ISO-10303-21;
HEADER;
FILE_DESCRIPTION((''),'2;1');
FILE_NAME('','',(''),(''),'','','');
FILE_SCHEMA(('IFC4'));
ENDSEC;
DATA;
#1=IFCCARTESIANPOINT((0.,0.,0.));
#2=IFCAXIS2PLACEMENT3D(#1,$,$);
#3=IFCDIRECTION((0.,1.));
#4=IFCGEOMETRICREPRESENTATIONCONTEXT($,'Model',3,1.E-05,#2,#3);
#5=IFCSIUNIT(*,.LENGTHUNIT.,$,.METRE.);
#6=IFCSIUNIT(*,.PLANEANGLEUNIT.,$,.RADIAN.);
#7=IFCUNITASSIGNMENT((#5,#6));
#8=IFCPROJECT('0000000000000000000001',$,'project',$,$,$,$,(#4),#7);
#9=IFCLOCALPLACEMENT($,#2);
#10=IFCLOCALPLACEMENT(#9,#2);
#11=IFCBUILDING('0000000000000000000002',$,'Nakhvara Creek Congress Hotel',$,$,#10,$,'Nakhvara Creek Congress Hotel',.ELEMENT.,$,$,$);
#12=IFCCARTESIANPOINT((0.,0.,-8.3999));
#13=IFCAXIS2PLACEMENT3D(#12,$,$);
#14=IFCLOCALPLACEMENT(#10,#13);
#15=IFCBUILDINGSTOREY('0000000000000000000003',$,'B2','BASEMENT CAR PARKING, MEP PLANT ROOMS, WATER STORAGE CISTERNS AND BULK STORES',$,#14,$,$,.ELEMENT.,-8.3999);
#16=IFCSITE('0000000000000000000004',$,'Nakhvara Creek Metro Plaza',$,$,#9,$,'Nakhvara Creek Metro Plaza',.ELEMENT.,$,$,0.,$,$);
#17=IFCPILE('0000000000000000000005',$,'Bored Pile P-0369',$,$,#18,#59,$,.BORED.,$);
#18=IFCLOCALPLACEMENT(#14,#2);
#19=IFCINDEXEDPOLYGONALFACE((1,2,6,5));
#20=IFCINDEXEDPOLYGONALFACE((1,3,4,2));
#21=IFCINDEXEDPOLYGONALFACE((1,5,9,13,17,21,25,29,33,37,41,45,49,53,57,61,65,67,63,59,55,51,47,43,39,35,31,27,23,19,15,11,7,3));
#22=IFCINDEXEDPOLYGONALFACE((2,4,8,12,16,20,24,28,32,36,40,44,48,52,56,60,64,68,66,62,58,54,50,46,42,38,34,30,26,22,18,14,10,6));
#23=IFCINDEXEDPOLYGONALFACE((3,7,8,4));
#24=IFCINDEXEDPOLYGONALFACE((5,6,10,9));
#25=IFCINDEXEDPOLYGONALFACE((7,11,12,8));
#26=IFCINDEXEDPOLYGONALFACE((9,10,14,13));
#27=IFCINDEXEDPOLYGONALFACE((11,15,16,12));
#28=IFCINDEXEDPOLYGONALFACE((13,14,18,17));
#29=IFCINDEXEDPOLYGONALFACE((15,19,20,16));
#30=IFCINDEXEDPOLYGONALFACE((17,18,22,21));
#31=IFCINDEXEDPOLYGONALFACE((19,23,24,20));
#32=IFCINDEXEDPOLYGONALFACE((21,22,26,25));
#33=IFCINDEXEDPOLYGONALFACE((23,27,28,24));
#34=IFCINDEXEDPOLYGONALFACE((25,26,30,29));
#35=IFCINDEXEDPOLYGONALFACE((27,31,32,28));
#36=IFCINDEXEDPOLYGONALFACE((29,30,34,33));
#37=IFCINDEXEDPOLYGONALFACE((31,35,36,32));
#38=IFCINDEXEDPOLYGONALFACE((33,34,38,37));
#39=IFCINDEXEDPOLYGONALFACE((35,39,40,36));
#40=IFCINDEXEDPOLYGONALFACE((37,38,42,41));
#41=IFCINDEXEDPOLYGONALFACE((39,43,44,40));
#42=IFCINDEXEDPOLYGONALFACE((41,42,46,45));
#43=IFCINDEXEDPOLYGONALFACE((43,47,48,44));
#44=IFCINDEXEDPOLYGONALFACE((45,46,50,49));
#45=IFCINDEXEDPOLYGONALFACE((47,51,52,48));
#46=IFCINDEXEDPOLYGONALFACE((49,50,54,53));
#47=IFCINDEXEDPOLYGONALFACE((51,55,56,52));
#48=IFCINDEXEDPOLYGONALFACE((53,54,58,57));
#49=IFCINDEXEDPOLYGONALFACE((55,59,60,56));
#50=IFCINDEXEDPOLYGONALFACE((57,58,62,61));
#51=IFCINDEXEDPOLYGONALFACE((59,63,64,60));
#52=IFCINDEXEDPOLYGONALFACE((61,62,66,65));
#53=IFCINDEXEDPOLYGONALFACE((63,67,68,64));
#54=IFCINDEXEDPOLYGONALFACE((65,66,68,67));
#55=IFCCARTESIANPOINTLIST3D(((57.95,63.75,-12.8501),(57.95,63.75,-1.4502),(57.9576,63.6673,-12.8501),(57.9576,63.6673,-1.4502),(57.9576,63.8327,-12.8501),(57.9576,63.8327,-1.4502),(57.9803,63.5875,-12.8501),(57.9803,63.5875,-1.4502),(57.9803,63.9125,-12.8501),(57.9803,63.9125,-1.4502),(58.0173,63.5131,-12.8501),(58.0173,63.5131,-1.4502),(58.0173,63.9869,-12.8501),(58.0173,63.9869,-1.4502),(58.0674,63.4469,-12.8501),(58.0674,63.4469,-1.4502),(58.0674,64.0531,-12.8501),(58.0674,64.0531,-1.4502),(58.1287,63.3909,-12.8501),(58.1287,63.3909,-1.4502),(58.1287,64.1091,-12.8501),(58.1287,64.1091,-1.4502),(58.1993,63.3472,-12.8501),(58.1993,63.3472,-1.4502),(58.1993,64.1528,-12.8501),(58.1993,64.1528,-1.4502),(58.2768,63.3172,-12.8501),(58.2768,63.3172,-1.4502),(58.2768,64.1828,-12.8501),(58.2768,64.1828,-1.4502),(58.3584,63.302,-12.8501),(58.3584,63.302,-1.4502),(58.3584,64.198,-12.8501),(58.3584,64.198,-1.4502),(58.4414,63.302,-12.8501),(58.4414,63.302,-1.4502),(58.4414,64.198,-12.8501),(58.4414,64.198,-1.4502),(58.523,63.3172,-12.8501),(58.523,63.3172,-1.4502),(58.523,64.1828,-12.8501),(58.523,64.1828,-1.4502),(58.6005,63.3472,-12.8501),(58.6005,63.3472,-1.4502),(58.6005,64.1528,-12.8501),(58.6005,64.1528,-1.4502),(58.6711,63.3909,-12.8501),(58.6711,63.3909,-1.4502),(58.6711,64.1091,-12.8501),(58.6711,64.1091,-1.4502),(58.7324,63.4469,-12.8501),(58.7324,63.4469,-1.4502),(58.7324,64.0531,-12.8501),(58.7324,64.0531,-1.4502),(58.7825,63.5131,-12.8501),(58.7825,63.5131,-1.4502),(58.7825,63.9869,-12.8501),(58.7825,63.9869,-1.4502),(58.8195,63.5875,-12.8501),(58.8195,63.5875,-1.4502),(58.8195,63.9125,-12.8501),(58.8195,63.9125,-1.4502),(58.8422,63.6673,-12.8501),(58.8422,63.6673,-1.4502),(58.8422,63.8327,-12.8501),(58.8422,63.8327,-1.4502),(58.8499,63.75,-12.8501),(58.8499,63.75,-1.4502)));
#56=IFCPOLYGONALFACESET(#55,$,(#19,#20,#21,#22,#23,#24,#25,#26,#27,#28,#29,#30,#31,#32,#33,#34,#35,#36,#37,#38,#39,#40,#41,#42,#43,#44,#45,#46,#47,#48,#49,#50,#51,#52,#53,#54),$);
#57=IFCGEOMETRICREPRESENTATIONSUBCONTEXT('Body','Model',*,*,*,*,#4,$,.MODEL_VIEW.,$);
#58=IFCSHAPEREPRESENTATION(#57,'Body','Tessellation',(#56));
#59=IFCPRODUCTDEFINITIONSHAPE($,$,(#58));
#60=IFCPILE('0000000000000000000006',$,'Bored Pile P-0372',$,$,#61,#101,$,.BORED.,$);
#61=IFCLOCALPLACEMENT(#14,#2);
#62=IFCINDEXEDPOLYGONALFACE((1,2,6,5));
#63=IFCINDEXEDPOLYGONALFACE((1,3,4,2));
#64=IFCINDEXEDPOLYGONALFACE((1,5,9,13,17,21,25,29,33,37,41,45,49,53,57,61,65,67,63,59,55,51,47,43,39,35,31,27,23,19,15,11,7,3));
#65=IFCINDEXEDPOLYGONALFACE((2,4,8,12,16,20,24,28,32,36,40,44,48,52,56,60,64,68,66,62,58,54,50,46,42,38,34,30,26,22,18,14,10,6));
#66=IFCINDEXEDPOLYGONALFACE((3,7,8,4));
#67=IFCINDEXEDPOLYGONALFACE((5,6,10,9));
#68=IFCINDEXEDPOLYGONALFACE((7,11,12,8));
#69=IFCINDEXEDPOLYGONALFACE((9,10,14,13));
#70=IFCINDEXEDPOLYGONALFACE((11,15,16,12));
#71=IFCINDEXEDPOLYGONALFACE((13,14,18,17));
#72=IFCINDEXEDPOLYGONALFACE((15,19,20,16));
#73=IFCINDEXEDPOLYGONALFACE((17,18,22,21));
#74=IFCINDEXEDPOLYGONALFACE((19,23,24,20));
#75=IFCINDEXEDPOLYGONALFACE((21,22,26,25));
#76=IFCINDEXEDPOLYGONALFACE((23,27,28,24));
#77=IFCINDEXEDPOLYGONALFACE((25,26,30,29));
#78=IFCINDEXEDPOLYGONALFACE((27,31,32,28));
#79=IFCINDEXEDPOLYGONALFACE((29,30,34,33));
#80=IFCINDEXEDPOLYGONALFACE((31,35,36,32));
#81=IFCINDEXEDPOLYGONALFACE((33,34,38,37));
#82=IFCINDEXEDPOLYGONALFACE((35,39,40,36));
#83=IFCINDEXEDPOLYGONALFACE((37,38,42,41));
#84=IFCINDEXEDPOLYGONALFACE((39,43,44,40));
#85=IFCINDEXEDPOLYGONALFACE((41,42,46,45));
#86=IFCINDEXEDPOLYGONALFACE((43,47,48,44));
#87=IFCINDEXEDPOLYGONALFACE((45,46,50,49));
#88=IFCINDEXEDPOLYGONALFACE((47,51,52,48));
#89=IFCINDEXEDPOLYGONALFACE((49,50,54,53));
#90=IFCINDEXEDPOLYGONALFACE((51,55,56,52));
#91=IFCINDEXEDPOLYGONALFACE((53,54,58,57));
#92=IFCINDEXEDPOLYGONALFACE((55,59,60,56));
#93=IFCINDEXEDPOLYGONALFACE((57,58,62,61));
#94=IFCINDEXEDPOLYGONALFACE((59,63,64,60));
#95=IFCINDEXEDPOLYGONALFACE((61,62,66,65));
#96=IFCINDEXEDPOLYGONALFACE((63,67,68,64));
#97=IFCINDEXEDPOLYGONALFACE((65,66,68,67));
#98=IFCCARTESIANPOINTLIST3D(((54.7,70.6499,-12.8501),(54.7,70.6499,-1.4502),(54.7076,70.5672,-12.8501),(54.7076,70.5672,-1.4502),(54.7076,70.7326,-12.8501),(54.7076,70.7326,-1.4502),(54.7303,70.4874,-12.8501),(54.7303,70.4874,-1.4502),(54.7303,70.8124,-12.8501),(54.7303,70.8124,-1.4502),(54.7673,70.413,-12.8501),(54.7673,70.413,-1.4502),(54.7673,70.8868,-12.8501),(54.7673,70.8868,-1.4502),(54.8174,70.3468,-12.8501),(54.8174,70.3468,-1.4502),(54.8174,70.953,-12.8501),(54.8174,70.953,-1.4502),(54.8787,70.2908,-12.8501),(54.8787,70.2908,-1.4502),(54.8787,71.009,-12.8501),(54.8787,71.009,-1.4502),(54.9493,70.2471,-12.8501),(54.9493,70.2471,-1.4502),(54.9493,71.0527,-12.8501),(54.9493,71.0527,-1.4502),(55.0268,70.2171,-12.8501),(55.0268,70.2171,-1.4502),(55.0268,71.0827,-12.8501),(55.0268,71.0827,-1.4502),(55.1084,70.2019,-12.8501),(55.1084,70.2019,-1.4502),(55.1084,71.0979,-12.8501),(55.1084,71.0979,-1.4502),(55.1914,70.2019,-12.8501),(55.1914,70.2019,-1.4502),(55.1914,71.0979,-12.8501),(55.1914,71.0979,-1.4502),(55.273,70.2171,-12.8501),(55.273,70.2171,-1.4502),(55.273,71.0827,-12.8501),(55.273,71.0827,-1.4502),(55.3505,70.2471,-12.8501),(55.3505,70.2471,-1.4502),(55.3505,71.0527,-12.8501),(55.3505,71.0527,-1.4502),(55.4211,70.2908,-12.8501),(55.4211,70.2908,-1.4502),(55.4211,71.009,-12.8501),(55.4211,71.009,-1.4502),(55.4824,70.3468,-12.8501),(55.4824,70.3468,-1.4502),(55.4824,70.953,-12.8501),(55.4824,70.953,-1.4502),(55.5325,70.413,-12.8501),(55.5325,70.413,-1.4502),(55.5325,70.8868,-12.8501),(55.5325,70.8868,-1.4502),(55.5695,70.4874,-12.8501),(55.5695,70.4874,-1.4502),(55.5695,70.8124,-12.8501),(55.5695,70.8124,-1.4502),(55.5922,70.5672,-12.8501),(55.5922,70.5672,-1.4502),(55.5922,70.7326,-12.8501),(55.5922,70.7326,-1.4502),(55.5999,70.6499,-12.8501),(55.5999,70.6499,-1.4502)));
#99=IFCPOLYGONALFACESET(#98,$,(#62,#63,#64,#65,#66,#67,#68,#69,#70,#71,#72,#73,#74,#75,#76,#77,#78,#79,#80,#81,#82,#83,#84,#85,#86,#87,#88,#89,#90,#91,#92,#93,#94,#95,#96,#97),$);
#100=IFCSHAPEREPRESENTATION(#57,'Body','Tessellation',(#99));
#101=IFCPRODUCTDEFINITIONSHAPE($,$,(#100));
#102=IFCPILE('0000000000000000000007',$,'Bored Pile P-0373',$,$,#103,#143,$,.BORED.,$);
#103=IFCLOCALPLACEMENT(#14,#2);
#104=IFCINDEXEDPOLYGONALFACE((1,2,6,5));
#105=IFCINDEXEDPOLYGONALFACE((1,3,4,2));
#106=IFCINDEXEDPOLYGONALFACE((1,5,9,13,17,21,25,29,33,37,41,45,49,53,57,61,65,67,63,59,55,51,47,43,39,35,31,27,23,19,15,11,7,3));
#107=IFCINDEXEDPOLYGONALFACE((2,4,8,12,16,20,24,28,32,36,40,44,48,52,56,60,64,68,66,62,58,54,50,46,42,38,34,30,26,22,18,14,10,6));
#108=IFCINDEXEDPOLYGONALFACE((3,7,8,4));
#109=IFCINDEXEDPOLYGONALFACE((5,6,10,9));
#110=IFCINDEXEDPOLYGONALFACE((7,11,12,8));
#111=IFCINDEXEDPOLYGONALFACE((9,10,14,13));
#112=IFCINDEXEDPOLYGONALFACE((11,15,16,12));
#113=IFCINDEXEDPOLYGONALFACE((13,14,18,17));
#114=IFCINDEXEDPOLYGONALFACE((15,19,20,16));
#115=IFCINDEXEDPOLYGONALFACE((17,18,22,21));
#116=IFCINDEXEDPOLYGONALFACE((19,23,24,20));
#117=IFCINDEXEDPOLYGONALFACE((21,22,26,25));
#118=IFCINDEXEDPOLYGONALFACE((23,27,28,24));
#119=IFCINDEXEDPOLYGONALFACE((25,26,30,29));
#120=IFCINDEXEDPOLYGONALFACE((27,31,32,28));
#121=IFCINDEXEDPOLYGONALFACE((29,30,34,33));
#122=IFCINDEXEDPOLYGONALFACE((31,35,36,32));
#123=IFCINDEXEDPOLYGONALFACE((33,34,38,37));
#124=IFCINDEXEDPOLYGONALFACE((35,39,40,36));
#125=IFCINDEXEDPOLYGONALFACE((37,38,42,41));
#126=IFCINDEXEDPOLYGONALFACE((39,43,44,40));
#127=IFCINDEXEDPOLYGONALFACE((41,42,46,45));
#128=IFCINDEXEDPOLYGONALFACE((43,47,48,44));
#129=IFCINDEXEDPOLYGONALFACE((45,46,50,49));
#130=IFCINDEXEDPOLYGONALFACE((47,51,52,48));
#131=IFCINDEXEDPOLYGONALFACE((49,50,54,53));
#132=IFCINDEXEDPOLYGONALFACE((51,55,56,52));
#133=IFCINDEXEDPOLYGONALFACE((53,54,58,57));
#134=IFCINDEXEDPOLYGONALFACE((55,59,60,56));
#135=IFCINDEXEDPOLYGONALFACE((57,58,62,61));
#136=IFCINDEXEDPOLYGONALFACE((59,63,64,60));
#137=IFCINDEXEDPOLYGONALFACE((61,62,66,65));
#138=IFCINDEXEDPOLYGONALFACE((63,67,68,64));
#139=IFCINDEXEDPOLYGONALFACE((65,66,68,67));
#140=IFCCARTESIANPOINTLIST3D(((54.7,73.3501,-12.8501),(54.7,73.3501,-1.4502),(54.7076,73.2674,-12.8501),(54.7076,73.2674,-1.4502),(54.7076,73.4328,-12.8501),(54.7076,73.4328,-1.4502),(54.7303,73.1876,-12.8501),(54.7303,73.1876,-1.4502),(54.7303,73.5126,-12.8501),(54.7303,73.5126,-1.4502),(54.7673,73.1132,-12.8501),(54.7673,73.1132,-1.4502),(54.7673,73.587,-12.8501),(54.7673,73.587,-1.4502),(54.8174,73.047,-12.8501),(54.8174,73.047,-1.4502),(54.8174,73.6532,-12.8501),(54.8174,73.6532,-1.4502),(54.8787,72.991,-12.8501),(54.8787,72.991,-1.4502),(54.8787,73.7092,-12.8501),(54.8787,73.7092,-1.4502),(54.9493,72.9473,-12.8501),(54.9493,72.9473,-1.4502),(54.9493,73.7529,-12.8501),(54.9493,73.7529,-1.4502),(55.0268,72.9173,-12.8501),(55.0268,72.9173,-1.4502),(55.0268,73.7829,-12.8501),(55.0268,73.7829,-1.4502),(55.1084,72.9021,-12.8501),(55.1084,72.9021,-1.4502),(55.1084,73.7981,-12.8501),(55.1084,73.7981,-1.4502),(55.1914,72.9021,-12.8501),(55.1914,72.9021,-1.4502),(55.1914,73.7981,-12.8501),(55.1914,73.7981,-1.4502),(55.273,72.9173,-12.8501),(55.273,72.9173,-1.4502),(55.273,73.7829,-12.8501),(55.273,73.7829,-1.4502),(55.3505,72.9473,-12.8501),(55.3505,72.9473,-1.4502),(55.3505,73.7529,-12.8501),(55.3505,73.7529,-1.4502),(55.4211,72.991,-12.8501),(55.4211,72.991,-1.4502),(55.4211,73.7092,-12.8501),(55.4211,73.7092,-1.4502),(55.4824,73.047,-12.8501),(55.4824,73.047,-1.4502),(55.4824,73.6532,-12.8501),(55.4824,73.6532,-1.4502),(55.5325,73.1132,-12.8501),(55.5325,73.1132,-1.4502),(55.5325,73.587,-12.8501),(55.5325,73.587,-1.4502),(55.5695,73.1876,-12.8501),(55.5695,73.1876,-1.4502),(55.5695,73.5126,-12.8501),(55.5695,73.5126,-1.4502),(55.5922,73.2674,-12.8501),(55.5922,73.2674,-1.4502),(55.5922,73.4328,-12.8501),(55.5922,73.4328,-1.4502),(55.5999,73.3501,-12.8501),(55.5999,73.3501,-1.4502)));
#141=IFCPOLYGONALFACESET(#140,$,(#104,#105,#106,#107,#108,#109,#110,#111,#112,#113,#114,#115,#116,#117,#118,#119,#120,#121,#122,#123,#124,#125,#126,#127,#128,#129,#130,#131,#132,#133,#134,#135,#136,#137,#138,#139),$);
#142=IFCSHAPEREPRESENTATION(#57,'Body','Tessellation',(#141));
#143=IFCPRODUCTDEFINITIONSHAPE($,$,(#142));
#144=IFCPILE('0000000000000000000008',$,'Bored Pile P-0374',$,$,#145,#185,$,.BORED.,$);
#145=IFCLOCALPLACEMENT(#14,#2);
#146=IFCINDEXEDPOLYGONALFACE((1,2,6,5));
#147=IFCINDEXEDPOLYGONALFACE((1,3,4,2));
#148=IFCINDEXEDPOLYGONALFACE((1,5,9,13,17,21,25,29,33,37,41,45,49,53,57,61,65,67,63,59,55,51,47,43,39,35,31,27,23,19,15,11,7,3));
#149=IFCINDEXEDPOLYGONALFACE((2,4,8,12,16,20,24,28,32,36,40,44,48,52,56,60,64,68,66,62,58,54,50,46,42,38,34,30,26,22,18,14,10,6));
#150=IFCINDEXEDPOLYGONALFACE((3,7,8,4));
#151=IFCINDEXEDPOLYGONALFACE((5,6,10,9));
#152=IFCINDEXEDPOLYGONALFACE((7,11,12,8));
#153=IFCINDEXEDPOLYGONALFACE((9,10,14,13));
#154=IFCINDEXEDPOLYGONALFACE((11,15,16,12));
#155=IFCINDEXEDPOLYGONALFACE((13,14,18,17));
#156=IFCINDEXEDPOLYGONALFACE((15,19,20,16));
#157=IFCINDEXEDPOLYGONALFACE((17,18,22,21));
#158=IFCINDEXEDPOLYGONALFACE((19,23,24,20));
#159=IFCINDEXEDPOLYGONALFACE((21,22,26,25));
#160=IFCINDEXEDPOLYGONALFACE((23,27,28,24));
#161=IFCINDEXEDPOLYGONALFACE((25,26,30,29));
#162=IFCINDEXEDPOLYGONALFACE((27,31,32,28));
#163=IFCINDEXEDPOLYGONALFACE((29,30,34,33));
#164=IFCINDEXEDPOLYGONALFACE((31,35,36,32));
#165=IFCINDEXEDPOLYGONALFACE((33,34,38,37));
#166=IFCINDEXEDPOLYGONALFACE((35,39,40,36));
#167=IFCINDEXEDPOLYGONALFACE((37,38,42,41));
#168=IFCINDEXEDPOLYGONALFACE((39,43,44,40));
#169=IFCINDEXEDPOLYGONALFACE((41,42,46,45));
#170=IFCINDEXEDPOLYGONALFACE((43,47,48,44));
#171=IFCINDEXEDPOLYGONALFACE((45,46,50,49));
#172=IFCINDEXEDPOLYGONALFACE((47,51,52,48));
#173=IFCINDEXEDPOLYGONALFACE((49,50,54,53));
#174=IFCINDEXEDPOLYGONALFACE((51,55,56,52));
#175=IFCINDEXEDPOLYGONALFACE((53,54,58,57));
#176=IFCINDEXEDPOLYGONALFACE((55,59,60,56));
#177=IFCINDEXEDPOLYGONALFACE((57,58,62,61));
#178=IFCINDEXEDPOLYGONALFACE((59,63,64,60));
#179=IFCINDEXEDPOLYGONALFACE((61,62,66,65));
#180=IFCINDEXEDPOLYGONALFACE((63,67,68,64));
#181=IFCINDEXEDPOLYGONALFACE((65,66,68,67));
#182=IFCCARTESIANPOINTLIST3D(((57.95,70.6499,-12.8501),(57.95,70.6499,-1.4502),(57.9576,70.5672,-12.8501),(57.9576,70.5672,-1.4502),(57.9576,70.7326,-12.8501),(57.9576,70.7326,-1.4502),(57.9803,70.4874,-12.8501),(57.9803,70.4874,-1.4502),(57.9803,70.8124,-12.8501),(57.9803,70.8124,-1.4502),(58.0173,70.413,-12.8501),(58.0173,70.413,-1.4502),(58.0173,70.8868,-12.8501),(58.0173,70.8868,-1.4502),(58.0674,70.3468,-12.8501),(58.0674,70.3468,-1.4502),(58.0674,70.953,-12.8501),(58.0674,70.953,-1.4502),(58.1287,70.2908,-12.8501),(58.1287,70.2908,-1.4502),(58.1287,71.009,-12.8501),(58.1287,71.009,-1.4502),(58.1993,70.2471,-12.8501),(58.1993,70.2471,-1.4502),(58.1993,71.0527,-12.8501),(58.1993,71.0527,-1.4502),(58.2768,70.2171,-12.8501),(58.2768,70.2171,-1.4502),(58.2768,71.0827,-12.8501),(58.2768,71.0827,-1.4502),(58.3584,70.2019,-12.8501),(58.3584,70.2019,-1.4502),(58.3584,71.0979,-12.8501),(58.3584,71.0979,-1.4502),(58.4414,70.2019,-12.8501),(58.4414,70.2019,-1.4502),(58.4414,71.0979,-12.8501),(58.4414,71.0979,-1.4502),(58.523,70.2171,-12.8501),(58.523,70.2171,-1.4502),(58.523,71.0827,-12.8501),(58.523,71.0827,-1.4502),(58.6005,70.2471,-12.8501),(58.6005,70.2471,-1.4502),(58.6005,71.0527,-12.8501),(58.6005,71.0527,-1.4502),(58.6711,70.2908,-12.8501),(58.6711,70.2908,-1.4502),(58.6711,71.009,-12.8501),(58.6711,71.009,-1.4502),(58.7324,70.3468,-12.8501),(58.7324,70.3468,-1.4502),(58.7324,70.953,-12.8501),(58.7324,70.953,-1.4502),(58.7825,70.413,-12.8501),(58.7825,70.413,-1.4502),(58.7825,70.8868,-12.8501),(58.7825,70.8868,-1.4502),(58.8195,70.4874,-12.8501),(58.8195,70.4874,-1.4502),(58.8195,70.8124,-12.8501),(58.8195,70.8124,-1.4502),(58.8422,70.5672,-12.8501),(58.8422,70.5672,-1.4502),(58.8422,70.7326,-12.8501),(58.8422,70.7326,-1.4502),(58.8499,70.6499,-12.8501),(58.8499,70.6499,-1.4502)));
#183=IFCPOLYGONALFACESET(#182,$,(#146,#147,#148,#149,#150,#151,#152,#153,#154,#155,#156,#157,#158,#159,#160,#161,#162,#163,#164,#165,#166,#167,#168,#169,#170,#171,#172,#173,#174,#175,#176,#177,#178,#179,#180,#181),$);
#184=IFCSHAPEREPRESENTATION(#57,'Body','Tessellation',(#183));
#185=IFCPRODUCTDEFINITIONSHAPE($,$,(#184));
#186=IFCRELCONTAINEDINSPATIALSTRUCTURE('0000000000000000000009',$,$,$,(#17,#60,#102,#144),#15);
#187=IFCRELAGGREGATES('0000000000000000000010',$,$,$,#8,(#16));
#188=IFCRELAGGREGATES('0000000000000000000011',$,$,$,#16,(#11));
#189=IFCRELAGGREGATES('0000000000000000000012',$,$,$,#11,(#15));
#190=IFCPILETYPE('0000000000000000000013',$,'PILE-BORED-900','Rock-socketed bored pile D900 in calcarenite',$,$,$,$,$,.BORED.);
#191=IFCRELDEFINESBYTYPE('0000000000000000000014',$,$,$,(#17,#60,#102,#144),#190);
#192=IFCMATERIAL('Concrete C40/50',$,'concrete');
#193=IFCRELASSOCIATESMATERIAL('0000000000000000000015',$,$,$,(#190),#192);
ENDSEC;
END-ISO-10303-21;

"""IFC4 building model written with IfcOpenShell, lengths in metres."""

from ifc_helpers import new_model, si_unit, direction, frame, origin, origin_2d, place, context, subcontext, project, spatial, circle, extrude, material, material_profile, profile_set, type_object, element, save


model = new_model("IFC4")

# Units and contexts
model_context = context("Model", 3, precision=1e-05, world=origin(), true_north=direction((0.0, 1.0)))
body_context = subcontext(model_context, "Body", "Model", "MODEL_VIEW")
ifc_project = project(units=[si_unit("LENGTHUNIT", "METRE"), si_unit("PLANEANGLEUNIT", "RADIAN")], contexts=[model_context])

# Site, building, storey
site_placement = place(None, origin())
site = spatial("IfcSite", under=ifc_project, at=site_placement, Name="Nakhvara Creek Metro Plaza", LongName="Nakhvara Creek Metro Plaza", CompositionType="ELEMENT", RefElevation=0.0)
building_placement = place(site_placement, origin())
building = spatial("IfcBuilding", under=site, at=building_placement, Name="Nakhvara Creek Congress Hotel", LongName="Nakhvara Creek Congress Hotel", CompositionType="ELEMENT")
storey_placement = place(building_placement, frame((0.0, 0.0, -8.3999)))
storey = spatial("IfcBuildingStorey", under=building, at=storey_placement, Name="B2", Description="BASEMENT CAR PARKING, MEP PLANT ROOMS, WATER STORAGE CISTERNS AND BULK STORES", CompositionType="ELEMENT", Elevation=-8.3999)

# Shared definitions
ifc_material_1 = material(Name="Concrete C40/50", Category="concrete")

# Piles
ifc_material_profile_1 = material_profile(ifc_material_1, circle(Radius=0.45, at=origin_2d()), Name="BORED PILE D900", Category="LoadBearing")
ifc_profile_set_1 = profile_set([ifc_material_profile_1], Name="Concrete C40/50")
pile_type = type_object("IfcPileType", Name="PILE-BORED-900", Description="Rock-socketed bored pile D900 in calcarenite", PredefinedType="BORED", material=ifc_profile_set_1)
for number, where, z_axis, x_axis, name in (
    (1, (58.3999, 63.75, -1.4502), (0.0, 0.0, -1.0), (1.0, 0.0, 0.0), "Bored Pile P-0369"),
    (2, (55.1499, 70.6499, -1.4502), (0.0, 0.0, -1.0), (1.0, 0.0, 0.0), "Bored Pile P-0372"),
    (3, (55.1499, 73.3501, -1.4502), (0.0, 0.0, -1.0), (1.0, 0.0, 0.0), "Bored Pile P-0373"),
    (4, (58.3999, 70.6499, -1.4502), (0.0, 0.0, -1.0), (1.0, 0.0, 0.0), "Bored Pile P-0374"),
):
    element("IfcPile", number, at=place(storey_placement, frame(where, z_axis=z_axis, x_axis=x_axis)), inside=storey, type_object=pile_type, Name=name, PredefinedType="BORED", context=body_context, shape_type="SweptSolid", body=[
        extrude(circle(Radius=0.45, at=origin_2d()), origin(), (0.0, 0.0, 1.0), 11.3999),
    ])

save(model, "model.ifc")
